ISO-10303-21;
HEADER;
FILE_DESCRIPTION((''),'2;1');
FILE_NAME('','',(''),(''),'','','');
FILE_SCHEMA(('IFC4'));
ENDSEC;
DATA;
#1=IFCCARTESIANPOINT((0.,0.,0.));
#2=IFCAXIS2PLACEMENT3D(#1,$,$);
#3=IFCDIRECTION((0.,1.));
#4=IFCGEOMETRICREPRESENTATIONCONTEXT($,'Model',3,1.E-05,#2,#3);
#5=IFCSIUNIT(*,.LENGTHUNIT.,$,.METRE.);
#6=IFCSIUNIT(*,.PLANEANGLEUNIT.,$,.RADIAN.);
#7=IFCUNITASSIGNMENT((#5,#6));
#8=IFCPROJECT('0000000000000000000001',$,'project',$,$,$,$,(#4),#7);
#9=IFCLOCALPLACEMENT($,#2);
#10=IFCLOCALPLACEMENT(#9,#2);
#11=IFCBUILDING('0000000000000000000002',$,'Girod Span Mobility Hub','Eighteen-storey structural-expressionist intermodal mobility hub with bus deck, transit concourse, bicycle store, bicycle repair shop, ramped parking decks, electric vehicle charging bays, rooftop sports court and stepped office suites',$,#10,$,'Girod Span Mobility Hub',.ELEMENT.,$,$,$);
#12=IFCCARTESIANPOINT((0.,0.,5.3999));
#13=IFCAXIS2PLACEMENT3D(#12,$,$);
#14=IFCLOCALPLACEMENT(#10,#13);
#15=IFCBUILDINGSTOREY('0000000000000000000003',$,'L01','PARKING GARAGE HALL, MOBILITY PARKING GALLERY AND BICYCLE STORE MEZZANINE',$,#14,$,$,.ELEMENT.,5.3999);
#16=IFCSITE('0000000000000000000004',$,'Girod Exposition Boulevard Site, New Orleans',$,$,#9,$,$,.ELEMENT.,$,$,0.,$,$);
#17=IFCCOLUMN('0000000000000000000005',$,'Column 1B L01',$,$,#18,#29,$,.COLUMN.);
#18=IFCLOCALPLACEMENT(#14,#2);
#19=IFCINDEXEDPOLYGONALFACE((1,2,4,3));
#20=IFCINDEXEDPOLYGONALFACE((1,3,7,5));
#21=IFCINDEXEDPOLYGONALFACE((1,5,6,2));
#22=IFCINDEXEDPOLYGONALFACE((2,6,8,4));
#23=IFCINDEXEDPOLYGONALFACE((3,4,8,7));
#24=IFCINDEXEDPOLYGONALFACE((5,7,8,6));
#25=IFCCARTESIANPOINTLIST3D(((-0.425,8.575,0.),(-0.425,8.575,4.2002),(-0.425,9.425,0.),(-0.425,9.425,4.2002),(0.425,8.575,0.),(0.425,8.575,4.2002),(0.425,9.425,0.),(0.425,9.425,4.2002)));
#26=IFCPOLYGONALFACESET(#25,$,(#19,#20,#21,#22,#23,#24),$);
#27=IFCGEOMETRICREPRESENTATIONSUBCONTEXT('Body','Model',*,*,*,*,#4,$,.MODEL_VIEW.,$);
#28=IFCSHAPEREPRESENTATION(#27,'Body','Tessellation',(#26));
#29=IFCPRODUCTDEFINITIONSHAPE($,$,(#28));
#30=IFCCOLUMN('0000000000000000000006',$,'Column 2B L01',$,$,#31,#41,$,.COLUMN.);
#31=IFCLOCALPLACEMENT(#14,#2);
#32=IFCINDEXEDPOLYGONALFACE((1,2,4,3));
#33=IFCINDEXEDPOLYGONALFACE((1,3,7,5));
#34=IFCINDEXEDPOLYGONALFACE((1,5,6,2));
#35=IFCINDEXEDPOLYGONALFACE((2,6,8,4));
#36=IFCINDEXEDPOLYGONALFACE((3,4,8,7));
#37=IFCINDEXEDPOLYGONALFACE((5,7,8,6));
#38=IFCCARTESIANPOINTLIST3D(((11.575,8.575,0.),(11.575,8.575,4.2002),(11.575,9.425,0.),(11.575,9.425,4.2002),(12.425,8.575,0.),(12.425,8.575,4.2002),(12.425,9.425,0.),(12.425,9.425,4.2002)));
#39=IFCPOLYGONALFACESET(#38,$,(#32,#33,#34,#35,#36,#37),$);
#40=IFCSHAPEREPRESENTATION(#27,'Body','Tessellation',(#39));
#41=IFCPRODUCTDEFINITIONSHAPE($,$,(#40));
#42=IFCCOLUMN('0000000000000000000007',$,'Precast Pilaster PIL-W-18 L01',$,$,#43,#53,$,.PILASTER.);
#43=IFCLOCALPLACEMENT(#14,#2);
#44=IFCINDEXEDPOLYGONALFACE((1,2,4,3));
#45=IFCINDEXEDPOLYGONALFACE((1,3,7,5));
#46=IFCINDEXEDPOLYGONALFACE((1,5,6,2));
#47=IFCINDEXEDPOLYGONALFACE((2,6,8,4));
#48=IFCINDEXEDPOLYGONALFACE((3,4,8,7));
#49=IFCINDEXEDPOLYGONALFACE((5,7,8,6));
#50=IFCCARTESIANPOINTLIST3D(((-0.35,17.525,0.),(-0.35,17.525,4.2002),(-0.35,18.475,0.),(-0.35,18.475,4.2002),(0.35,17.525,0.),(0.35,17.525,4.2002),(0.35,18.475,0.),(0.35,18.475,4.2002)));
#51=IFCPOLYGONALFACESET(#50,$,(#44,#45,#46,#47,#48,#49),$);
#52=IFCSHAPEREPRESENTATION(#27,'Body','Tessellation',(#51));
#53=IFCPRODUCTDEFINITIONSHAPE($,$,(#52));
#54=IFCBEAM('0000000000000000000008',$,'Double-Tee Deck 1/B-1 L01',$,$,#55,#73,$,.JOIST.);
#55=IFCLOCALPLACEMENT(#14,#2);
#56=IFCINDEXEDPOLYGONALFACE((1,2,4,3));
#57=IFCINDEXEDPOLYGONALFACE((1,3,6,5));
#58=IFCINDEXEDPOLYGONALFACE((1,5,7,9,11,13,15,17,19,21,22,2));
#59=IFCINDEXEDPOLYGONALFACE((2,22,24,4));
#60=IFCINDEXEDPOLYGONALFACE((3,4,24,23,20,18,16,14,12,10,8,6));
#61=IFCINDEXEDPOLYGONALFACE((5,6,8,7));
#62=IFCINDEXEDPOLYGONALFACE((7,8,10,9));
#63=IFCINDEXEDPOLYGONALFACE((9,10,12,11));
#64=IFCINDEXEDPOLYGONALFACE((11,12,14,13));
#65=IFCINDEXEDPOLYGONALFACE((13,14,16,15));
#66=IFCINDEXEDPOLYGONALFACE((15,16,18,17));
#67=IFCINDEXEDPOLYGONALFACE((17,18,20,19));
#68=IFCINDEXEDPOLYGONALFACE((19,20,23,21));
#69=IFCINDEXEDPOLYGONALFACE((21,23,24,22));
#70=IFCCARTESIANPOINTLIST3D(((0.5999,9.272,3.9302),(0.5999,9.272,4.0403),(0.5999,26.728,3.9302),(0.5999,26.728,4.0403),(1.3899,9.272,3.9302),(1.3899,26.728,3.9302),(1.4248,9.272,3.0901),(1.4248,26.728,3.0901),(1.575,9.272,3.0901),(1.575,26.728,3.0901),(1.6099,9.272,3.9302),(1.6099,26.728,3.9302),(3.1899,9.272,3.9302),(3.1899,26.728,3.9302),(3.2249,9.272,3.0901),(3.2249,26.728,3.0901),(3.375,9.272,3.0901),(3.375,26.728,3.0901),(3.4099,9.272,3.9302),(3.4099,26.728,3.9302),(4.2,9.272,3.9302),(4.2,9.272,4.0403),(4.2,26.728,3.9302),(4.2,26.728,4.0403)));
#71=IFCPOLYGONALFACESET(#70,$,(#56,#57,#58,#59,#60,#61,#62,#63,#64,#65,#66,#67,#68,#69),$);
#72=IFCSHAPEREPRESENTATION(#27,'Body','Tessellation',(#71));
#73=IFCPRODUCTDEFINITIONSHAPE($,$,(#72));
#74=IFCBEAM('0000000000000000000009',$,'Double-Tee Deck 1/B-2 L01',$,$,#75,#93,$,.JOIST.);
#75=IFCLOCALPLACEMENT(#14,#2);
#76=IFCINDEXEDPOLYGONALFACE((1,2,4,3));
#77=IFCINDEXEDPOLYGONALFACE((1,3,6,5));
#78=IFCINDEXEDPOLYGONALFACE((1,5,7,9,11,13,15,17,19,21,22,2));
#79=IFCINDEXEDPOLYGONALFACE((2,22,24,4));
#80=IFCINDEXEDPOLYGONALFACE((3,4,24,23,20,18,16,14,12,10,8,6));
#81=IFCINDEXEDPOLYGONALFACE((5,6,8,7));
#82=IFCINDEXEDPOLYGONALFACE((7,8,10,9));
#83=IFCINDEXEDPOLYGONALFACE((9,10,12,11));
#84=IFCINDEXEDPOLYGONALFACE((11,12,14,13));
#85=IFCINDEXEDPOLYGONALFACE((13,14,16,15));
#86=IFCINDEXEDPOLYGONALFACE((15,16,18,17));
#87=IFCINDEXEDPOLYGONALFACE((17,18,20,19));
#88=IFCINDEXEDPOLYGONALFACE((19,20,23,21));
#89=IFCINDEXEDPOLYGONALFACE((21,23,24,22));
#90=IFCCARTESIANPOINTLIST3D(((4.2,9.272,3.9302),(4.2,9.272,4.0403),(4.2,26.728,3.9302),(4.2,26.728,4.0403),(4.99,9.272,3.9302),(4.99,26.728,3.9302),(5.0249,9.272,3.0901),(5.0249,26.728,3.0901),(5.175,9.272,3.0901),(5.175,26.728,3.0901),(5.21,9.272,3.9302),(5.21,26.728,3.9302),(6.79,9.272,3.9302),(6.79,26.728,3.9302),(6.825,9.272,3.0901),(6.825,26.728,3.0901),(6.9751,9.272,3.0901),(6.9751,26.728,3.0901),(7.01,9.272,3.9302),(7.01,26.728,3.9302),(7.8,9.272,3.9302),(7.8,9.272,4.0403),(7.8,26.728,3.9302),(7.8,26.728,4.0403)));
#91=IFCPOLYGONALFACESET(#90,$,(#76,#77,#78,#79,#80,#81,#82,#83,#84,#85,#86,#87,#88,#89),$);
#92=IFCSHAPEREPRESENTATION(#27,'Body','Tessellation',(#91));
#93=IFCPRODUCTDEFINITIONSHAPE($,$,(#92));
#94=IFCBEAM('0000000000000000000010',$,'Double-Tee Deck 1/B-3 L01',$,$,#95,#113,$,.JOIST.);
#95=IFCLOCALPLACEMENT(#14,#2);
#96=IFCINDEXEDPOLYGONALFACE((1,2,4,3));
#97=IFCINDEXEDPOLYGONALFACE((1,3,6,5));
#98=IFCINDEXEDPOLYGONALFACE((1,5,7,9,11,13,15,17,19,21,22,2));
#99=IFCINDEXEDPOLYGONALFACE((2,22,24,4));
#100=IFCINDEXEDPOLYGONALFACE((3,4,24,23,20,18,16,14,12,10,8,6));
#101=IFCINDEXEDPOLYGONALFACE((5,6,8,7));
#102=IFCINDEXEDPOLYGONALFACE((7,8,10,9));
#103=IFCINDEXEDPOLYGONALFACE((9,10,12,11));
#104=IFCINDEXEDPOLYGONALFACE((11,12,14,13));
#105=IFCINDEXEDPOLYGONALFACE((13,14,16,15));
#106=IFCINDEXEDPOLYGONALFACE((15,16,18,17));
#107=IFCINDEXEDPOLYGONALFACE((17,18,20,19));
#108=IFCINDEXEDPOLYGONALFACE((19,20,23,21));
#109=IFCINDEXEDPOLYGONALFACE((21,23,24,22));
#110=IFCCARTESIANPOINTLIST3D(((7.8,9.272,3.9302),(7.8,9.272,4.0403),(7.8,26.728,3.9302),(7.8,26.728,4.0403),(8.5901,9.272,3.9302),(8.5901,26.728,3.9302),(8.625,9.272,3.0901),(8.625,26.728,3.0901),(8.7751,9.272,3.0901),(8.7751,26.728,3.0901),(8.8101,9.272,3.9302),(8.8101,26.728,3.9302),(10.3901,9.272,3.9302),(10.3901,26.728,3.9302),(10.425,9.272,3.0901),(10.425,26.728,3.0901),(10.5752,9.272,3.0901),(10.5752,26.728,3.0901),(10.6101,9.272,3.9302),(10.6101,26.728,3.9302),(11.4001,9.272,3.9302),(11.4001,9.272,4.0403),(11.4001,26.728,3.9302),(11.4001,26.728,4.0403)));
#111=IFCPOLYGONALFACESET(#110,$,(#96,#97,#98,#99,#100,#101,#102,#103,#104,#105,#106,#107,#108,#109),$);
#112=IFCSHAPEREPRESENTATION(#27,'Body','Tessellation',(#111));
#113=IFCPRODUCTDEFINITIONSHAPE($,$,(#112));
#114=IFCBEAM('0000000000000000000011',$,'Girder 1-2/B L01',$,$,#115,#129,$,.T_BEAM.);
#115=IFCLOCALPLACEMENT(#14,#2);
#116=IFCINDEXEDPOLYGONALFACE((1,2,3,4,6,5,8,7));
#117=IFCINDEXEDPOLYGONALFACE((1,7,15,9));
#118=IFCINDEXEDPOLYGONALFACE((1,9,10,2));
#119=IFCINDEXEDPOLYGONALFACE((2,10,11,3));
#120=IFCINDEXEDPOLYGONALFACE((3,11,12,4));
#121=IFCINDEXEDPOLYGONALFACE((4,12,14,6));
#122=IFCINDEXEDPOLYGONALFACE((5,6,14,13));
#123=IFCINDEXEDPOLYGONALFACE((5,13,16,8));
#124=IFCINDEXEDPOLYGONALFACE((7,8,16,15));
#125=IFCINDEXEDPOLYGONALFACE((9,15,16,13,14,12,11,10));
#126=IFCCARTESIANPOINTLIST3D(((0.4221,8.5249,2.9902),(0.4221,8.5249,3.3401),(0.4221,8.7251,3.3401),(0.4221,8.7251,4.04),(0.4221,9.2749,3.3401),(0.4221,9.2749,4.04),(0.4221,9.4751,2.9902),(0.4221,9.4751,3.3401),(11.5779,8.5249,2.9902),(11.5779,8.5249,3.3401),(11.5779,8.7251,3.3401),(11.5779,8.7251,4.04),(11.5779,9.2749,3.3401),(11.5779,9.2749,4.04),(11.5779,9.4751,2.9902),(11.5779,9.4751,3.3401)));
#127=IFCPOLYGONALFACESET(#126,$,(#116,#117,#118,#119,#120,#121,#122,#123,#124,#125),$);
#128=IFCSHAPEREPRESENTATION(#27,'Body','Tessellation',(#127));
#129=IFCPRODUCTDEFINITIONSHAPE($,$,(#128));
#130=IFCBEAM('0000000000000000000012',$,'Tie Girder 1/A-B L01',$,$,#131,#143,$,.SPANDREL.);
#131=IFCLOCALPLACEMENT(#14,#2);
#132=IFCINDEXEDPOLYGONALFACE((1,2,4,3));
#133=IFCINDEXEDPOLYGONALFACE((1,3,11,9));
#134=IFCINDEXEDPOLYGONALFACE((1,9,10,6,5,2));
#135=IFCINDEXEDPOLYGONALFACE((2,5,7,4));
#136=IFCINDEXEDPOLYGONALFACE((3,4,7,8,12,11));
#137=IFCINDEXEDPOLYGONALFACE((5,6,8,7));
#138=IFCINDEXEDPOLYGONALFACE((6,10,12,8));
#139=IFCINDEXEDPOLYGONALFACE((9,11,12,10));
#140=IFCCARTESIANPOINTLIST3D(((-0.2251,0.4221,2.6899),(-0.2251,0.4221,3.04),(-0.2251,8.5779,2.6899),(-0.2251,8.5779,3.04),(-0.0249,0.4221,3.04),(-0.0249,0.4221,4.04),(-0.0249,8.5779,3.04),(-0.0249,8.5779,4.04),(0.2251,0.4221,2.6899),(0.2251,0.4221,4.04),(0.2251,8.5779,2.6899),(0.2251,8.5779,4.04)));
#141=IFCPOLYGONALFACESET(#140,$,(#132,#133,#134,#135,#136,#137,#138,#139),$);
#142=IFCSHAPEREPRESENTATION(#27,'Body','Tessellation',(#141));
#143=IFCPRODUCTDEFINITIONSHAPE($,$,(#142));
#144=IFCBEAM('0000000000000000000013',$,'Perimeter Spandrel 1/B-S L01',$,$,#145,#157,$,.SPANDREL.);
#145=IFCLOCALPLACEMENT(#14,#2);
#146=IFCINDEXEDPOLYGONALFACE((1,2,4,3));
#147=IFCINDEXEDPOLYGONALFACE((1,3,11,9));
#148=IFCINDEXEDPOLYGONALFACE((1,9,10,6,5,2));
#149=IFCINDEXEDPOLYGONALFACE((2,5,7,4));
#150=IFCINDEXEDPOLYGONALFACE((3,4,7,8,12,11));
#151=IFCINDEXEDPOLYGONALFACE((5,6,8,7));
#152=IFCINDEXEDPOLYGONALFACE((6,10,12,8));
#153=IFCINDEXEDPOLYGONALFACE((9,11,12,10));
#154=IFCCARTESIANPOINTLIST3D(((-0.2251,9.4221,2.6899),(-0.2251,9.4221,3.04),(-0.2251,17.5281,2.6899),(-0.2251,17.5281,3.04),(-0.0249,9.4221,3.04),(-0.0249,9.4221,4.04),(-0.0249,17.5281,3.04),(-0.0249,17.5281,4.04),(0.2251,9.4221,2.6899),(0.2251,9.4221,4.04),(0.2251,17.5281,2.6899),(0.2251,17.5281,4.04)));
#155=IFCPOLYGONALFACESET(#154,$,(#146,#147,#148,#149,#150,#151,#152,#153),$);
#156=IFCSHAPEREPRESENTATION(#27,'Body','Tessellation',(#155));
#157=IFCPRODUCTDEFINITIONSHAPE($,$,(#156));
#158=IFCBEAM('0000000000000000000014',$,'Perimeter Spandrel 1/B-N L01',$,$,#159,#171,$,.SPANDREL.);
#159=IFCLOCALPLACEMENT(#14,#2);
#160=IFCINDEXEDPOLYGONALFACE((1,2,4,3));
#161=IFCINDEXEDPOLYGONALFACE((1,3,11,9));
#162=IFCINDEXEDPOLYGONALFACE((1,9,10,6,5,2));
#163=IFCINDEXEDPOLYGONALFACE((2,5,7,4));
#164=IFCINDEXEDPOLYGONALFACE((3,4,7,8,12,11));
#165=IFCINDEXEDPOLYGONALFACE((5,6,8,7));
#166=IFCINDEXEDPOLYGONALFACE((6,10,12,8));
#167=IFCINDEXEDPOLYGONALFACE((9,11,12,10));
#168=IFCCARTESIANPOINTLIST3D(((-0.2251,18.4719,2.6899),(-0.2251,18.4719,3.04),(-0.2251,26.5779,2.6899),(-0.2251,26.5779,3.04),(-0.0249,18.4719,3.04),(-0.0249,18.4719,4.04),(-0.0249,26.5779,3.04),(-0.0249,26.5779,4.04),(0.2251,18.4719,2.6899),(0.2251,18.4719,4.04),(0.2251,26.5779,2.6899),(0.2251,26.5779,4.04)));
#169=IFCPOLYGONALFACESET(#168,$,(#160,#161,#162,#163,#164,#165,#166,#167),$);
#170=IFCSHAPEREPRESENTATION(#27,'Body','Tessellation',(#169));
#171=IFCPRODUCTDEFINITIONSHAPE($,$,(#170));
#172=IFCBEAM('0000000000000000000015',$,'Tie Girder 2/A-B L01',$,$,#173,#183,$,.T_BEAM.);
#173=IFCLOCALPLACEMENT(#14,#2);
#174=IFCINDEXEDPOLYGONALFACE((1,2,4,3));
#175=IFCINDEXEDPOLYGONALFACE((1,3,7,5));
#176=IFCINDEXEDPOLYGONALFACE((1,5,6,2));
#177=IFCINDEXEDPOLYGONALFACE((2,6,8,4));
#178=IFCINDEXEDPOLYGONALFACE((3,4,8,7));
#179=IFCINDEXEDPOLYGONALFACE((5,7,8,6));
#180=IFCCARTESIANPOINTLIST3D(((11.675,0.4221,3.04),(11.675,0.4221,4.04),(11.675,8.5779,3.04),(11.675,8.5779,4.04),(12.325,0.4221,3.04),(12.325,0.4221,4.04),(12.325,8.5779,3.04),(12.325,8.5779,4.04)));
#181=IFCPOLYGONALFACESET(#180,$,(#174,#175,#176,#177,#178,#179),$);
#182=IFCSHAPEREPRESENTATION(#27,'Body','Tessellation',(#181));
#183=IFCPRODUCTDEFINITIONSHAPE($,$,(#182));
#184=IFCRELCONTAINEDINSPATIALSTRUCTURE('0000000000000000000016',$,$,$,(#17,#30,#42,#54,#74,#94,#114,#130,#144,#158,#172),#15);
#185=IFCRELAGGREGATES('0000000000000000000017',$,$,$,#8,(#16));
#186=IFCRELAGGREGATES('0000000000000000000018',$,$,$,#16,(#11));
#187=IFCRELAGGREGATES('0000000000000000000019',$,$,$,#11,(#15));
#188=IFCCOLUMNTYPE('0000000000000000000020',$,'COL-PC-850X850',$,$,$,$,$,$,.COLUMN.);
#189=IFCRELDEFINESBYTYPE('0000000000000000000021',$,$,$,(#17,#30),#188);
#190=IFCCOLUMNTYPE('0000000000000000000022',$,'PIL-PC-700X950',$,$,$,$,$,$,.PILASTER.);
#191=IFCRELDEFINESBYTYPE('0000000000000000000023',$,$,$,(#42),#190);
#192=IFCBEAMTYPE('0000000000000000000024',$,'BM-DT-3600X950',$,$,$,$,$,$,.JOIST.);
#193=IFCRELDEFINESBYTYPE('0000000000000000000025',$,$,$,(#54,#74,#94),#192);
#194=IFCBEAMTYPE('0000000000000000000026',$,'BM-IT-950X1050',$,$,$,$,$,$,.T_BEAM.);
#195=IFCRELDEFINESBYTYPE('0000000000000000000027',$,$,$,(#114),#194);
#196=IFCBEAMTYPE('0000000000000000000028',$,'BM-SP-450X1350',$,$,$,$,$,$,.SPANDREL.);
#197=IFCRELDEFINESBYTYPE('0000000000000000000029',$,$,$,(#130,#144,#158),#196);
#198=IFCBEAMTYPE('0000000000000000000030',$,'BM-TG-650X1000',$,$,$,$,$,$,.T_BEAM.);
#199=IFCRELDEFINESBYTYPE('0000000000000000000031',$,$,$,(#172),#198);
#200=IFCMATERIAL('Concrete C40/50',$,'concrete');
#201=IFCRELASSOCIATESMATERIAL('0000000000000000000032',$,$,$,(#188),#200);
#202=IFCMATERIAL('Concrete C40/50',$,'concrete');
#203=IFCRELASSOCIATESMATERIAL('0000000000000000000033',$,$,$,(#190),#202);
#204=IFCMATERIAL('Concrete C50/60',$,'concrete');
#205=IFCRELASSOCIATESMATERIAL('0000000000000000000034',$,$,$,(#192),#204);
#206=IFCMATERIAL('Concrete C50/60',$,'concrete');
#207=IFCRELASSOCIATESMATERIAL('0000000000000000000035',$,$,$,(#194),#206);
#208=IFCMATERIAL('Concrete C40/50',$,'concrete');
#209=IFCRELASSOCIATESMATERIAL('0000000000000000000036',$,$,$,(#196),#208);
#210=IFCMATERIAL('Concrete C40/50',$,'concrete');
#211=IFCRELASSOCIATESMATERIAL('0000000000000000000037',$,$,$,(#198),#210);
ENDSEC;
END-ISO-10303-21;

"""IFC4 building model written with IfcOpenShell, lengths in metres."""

from ifc_helpers import new_model, si_unit, direction, frame, origin, origin_2d, place, context, subcontext, project, spatial, polyline, rectangle, outline, extrude, material, material_profile, profile_set, type_object, element, save


model = new_model("IFC4")

# Units and contexts
model_context = context("Model", 3, precision=1e-05, world=origin(), true_north=direction((0.0, 1.0)))
body_context = subcontext(model_context, "Body", "Model", "MODEL_VIEW")
ifc_project = project(units=[si_unit("LENGTHUNIT", "METRE"), si_unit("PLANEANGLEUNIT", "RADIAN")], contexts=[model_context])

# Site, building, storey
site_placement = place(None, origin())
site = spatial("IfcSite", under=ifc_project, at=site_placement, Name="Girod Exposition Boulevard Site, New Orleans", CompositionType="ELEMENT", RefElevation=0.0)
building_placement = place(site_placement, origin())
building = spatial("IfcBuilding", under=site, at=building_placement, Name="Girod Span Mobility Hub", Description="Eighteen-storey structural-expressionist intermodal mobility hub with bus deck, transit concourse, bicycle store, bicycle repair shop, ramped parking decks, electric vehicle charging bays, rooftop sports court and stepped office suites", LongName="Girod Span Mobility Hub", CompositionType="ELEMENT")
storey_placement = place(building_placement, frame((0.0, 0.0, 5.3999)))
storey = spatial("IfcBuildingStorey", under=building, at=storey_placement, Name="L01", Description="PARKING GARAGE HALL, MOBILITY PARKING GALLERY AND BICYCLE STORE MEZZANINE", CompositionType="ELEMENT", Elevation=5.3999)

# Columns
ifc_material_1 = material(Name="Concrete C40/50", Category="concrete")
ifc_material_profile_1 = material_profile(ifc_material_1, rectangle(XDim=0.8501, YDim=0.8501, at=origin_2d()), Name="PC-COL-850X850")
ifc_profile_set_1 = profile_set([ifc_material_profile_1], Name="Concrete C40/50")
column_type_1 = type_object("IfcColumnType", Name="COL-PC-850X850", PredefinedType="COLUMN", material=ifc_profile_set_1)
for number, where, z_axis, x_axis, name in (
    (1, (0.0, 9.0, 0.0), (0.0, 0.0, 1.0), (1.0, 0.0, 0.0), "Column 1B L01"),
    (2, (12.0, 9.0, 0.0), (0.0, 0.0, 1.0), (1.0, 0.0, 0.0), "Column 2B L01"),
):
    element("IfcColumn", number, at=place(storey_placement, frame(where, z_axis=z_axis, x_axis=x_axis)), inside=storey, type_object=column_type_1, Name=name, PredefinedType="COLUMN", context=body_context, shape_type="SweptSolid", body=[
        extrude(rectangle(XDim=0.8501, YDim=0.8501, at=origin_2d()), origin(), (0.0, 0.0, 1.0), 4.2002),
    ])
ifc_material_2 = material(Name="Concrete C40/50", Category="concrete")
ifc_material_profile_2 = material_profile(ifc_material_2, rectangle(XDim=0.7, YDim=0.95, at=origin_2d()), Name="PC-PIL-700X950")
ifc_profile_set_2 = profile_set([ifc_material_profile_2], Name="Concrete C40/50")
column_type_2 = type_object("IfcColumnType", Name="PIL-PC-700X950", PredefinedType="PILASTER", material=ifc_profile_set_2)
column_placement = place(storey_placement, frame((0.0, 18.0, 0.0), z_axis=(0.0, 0.0, 1.0), x_axis=(1.0, 0.0, 0.0)))
element("IfcColumn", 3, at=column_placement, inside=storey, type_object=column_type_2, Name="Precast Pilaster PIL-W-18 L01", PredefinedType="PILASTER", context=body_context, shape_type="SweptSolid", body=[
    extrude(rectangle(XDim=0.7, YDim=0.95, at=origin_2d()), origin(), (0.0, 0.0, 1.0), 4.2002),
])

# Beams
ifc_material_3 = material(Name="Concrete C50/60", Category="concrete")
ifc_material_profile_3 = material_profile(ifc_material_3, outline(polyline([(-1.8, 0.4751), (-1.8, 0.365), (-1.01, 0.365), (-0.9751, -0.4751), (-0.825, -0.4751), (-0.79, 0.365), (0.79, 0.365), (0.825, -0.4751), (0.9751, -0.4751), (1.01, 0.365), (1.8, 0.365), (1.8, 0.4751), (-1.8, 0.4751)])), Name="DT-3600X950")
ifc_profile_set_3 = profile_set([ifc_material_profile_3], Name="Concrete C50/60")
beam_type_1 = type_object("IfcBeamType", Name="BM-DT-3600X950", PredefinedType="JOIST", material=ifc_profile_set_3)
for number, where, z_axis, x_axis, name in (
    (4, (2.3999, 9.272, 3.5652), (0.0, 1.0, 0.0), (-1.0, 0.0, 0.0), "Double-Tee Deck 1/B-1 L01"),
    (5, (6.0, 9.272, 3.5652), (0.0, 1.0, 0.0), (-1.0, 0.0, 0.0), "Double-Tee Deck 1/B-2 L01"),
    (6, (9.6001, 9.272, 3.5652), (0.0, 1.0, 0.0), (-1.0, 0.0, 0.0), "Double-Tee Deck 1/B-3 L01"),
):
    element("IfcBeam", number, at=place(storey_placement, frame(where, z_axis=z_axis, x_axis=x_axis)), inside=storey, type_object=beam_type_1, Name=name, PredefinedType="JOIST", context=body_context, shape_type="SweptSolid", body=[
        extrude(outline(polyline([(-1.8, 0.4751), (-1.8, 0.365), (-1.01, 0.365), (-0.9751, -0.4751), (-0.825, -0.4751), (-0.79, 0.365), (0.79, 0.365), (0.825, -0.4751), (0.9751, -0.4751), (1.01, 0.365), (1.8, 0.365), (1.8, 0.4751), (-1.8, 0.4751)])), origin(), (0.0, 0.0, 1.0), 17.4561),
    ])
ifc_material_4 = material(Name="Concrete C50/60", Category="concrete")
ifc_material_profile_4 = material_profile(ifc_material_4, outline(polyline([(-0.4751, -0.5249), (0.4751, -0.5249), (0.4751, -0.175), (0.2749, -0.175), (0.2749, 0.5249), (-0.2749, 0.5249), (-0.2749, -0.175), (-0.4751, -0.175), (-0.4751, -0.5249)])), Name="IT-950X1050")
ifc_profile_set_4 = profile_set([ifc_material_profile_4], Name="Concrete C50/60")
beam_type_2 = type_object("IfcBeamType", Name="BM-IT-950X1050", PredefinedType="T_BEAM", material=ifc_profile_set_4)
beam_1_placement = place(storey_placement, frame((0.4221, 9.0, 3.5151), z_axis=(1.0, 0.0, 0.0), x_axis=(0.0, 1.0, 0.0)))
element("IfcBeam", 7, at=beam_1_placement, inside=storey, type_object=beam_type_2, Name="Girder 1-2/B L01", PredefinedType="T_BEAM", context=body_context, shape_type="SweptSolid", body=[
    extrude(outline(polyline([(-0.4751, -0.5249), (0.4751, -0.5249), (0.4751, -0.175), (0.2749, -0.175), (0.2749, 0.5249), (-0.2749, 0.5249), (-0.2749, -0.175), (-0.4751, -0.175), (-0.4751, -0.5249)])), origin(), (0.0, 0.0, 1.0), 11.1558),
])
ifc_material_5 = material(Name="Concrete C40/50", Category="concrete")
ifc_material_profile_5 = material_profile(ifc_material_5, outline(polyline([(-0.2251, -0.675), (0.2251, -0.675), (0.2251, -0.325), (0.0249, -0.325), (0.0249, 0.675), (-0.2251, 0.675), (-0.2251, -0.675)])), Name="SP-450X1350")
ifc_profile_set_5 = profile_set([ifc_material_profile_5], Name="Concrete C40/50")
beam_type_3 = type_object("IfcBeamType", Name="BM-SP-450X1350", PredefinedType="SPANDREL", material=ifc_profile_set_5)
beam_2_placement = place(storey_placement, frame((0.0, 0.4221, 3.365), z_axis=(0.0, 1.0, 0.0), x_axis=(-1.0, 0.0, 0.0)))
element("IfcBeam", 8, at=beam_2_placement, inside=storey, type_object=beam_type_3, Name="Tie Girder 1/A-B L01", PredefinedType="SPANDREL", context=body_context, shape_type="SweptSolid", body=[
    extrude(outline(polyline([(-0.2251, -0.675), (0.2251, -0.675), (0.2251, -0.325), (0.0249, -0.325), (0.0249, 0.675), (-0.2251, 0.675), (-0.2251, -0.675)])), origin(), (0.0, 0.0, 1.0), 8.1558),
])
for number, where, z_axis, x_axis, name in (
    (9, (0.0, 9.4221, 3.365), (0.0, 1.0, 0.0), (-1.0, 0.0, 0.0), "Perimeter Spandrel 1/B-S L01"),
    (10, (0.0, 18.4719, 3.365), (0.0, 1.0, 0.0), (-1.0, 0.0, 0.0), "Perimeter Spandrel 1/B-N L01"),
):
    element("IfcBeam", number, at=place(storey_placement, frame(where, z_axis=z_axis, x_axis=x_axis)), inside=storey, type_object=beam_type_3, Name=name, PredefinedType="SPANDREL", context=body_context, shape_type="SweptSolid", body=[
        extrude(outline(polyline([(-0.2251, -0.675), (0.2251, -0.675), (0.2251, -0.325), (0.0249, -0.325), (0.0249, 0.675), (-0.2251, 0.675), (-0.2251, -0.675)])), origin(), (0.0, 0.0, 1.0), 8.106),
    ])
ifc_material_6 = material(Name="Concrete C40/50", Category="concrete")
ifc_material_profile_6 = material_profile(ifc_material_6, rectangle(XDim=0.6499, YDim=1.0, at=origin_2d()), Name="TG-650X1000")
ifc_profile_set_6 = profile_set([ifc_material_profile_6], Name="Concrete C40/50")
beam_type_4 = type_object("IfcBeamType", Name="BM-TG-650X1000", PredefinedType="T_BEAM", material=ifc_profile_set_6)
beam_3_placement = place(storey_placement, frame((12.0, 0.4221, 3.54), z_axis=(0.0, 1.0, 0.0), x_axis=(-1.0, 0.0, 0.0)))
element("IfcBeam", 11, at=beam_3_placement, inside=storey, type_object=beam_type_4, Name="Tie Girder 2/A-B L01", PredefinedType="T_BEAM", context=body_context, shape_type="SweptSolid", body=[
    extrude(rectangle(XDim=0.6499, YDim=1.0, at=origin_2d()), origin(), (0.0, 0.0, 1.0), 8.1558),
])

save(model, "model.ifc")
